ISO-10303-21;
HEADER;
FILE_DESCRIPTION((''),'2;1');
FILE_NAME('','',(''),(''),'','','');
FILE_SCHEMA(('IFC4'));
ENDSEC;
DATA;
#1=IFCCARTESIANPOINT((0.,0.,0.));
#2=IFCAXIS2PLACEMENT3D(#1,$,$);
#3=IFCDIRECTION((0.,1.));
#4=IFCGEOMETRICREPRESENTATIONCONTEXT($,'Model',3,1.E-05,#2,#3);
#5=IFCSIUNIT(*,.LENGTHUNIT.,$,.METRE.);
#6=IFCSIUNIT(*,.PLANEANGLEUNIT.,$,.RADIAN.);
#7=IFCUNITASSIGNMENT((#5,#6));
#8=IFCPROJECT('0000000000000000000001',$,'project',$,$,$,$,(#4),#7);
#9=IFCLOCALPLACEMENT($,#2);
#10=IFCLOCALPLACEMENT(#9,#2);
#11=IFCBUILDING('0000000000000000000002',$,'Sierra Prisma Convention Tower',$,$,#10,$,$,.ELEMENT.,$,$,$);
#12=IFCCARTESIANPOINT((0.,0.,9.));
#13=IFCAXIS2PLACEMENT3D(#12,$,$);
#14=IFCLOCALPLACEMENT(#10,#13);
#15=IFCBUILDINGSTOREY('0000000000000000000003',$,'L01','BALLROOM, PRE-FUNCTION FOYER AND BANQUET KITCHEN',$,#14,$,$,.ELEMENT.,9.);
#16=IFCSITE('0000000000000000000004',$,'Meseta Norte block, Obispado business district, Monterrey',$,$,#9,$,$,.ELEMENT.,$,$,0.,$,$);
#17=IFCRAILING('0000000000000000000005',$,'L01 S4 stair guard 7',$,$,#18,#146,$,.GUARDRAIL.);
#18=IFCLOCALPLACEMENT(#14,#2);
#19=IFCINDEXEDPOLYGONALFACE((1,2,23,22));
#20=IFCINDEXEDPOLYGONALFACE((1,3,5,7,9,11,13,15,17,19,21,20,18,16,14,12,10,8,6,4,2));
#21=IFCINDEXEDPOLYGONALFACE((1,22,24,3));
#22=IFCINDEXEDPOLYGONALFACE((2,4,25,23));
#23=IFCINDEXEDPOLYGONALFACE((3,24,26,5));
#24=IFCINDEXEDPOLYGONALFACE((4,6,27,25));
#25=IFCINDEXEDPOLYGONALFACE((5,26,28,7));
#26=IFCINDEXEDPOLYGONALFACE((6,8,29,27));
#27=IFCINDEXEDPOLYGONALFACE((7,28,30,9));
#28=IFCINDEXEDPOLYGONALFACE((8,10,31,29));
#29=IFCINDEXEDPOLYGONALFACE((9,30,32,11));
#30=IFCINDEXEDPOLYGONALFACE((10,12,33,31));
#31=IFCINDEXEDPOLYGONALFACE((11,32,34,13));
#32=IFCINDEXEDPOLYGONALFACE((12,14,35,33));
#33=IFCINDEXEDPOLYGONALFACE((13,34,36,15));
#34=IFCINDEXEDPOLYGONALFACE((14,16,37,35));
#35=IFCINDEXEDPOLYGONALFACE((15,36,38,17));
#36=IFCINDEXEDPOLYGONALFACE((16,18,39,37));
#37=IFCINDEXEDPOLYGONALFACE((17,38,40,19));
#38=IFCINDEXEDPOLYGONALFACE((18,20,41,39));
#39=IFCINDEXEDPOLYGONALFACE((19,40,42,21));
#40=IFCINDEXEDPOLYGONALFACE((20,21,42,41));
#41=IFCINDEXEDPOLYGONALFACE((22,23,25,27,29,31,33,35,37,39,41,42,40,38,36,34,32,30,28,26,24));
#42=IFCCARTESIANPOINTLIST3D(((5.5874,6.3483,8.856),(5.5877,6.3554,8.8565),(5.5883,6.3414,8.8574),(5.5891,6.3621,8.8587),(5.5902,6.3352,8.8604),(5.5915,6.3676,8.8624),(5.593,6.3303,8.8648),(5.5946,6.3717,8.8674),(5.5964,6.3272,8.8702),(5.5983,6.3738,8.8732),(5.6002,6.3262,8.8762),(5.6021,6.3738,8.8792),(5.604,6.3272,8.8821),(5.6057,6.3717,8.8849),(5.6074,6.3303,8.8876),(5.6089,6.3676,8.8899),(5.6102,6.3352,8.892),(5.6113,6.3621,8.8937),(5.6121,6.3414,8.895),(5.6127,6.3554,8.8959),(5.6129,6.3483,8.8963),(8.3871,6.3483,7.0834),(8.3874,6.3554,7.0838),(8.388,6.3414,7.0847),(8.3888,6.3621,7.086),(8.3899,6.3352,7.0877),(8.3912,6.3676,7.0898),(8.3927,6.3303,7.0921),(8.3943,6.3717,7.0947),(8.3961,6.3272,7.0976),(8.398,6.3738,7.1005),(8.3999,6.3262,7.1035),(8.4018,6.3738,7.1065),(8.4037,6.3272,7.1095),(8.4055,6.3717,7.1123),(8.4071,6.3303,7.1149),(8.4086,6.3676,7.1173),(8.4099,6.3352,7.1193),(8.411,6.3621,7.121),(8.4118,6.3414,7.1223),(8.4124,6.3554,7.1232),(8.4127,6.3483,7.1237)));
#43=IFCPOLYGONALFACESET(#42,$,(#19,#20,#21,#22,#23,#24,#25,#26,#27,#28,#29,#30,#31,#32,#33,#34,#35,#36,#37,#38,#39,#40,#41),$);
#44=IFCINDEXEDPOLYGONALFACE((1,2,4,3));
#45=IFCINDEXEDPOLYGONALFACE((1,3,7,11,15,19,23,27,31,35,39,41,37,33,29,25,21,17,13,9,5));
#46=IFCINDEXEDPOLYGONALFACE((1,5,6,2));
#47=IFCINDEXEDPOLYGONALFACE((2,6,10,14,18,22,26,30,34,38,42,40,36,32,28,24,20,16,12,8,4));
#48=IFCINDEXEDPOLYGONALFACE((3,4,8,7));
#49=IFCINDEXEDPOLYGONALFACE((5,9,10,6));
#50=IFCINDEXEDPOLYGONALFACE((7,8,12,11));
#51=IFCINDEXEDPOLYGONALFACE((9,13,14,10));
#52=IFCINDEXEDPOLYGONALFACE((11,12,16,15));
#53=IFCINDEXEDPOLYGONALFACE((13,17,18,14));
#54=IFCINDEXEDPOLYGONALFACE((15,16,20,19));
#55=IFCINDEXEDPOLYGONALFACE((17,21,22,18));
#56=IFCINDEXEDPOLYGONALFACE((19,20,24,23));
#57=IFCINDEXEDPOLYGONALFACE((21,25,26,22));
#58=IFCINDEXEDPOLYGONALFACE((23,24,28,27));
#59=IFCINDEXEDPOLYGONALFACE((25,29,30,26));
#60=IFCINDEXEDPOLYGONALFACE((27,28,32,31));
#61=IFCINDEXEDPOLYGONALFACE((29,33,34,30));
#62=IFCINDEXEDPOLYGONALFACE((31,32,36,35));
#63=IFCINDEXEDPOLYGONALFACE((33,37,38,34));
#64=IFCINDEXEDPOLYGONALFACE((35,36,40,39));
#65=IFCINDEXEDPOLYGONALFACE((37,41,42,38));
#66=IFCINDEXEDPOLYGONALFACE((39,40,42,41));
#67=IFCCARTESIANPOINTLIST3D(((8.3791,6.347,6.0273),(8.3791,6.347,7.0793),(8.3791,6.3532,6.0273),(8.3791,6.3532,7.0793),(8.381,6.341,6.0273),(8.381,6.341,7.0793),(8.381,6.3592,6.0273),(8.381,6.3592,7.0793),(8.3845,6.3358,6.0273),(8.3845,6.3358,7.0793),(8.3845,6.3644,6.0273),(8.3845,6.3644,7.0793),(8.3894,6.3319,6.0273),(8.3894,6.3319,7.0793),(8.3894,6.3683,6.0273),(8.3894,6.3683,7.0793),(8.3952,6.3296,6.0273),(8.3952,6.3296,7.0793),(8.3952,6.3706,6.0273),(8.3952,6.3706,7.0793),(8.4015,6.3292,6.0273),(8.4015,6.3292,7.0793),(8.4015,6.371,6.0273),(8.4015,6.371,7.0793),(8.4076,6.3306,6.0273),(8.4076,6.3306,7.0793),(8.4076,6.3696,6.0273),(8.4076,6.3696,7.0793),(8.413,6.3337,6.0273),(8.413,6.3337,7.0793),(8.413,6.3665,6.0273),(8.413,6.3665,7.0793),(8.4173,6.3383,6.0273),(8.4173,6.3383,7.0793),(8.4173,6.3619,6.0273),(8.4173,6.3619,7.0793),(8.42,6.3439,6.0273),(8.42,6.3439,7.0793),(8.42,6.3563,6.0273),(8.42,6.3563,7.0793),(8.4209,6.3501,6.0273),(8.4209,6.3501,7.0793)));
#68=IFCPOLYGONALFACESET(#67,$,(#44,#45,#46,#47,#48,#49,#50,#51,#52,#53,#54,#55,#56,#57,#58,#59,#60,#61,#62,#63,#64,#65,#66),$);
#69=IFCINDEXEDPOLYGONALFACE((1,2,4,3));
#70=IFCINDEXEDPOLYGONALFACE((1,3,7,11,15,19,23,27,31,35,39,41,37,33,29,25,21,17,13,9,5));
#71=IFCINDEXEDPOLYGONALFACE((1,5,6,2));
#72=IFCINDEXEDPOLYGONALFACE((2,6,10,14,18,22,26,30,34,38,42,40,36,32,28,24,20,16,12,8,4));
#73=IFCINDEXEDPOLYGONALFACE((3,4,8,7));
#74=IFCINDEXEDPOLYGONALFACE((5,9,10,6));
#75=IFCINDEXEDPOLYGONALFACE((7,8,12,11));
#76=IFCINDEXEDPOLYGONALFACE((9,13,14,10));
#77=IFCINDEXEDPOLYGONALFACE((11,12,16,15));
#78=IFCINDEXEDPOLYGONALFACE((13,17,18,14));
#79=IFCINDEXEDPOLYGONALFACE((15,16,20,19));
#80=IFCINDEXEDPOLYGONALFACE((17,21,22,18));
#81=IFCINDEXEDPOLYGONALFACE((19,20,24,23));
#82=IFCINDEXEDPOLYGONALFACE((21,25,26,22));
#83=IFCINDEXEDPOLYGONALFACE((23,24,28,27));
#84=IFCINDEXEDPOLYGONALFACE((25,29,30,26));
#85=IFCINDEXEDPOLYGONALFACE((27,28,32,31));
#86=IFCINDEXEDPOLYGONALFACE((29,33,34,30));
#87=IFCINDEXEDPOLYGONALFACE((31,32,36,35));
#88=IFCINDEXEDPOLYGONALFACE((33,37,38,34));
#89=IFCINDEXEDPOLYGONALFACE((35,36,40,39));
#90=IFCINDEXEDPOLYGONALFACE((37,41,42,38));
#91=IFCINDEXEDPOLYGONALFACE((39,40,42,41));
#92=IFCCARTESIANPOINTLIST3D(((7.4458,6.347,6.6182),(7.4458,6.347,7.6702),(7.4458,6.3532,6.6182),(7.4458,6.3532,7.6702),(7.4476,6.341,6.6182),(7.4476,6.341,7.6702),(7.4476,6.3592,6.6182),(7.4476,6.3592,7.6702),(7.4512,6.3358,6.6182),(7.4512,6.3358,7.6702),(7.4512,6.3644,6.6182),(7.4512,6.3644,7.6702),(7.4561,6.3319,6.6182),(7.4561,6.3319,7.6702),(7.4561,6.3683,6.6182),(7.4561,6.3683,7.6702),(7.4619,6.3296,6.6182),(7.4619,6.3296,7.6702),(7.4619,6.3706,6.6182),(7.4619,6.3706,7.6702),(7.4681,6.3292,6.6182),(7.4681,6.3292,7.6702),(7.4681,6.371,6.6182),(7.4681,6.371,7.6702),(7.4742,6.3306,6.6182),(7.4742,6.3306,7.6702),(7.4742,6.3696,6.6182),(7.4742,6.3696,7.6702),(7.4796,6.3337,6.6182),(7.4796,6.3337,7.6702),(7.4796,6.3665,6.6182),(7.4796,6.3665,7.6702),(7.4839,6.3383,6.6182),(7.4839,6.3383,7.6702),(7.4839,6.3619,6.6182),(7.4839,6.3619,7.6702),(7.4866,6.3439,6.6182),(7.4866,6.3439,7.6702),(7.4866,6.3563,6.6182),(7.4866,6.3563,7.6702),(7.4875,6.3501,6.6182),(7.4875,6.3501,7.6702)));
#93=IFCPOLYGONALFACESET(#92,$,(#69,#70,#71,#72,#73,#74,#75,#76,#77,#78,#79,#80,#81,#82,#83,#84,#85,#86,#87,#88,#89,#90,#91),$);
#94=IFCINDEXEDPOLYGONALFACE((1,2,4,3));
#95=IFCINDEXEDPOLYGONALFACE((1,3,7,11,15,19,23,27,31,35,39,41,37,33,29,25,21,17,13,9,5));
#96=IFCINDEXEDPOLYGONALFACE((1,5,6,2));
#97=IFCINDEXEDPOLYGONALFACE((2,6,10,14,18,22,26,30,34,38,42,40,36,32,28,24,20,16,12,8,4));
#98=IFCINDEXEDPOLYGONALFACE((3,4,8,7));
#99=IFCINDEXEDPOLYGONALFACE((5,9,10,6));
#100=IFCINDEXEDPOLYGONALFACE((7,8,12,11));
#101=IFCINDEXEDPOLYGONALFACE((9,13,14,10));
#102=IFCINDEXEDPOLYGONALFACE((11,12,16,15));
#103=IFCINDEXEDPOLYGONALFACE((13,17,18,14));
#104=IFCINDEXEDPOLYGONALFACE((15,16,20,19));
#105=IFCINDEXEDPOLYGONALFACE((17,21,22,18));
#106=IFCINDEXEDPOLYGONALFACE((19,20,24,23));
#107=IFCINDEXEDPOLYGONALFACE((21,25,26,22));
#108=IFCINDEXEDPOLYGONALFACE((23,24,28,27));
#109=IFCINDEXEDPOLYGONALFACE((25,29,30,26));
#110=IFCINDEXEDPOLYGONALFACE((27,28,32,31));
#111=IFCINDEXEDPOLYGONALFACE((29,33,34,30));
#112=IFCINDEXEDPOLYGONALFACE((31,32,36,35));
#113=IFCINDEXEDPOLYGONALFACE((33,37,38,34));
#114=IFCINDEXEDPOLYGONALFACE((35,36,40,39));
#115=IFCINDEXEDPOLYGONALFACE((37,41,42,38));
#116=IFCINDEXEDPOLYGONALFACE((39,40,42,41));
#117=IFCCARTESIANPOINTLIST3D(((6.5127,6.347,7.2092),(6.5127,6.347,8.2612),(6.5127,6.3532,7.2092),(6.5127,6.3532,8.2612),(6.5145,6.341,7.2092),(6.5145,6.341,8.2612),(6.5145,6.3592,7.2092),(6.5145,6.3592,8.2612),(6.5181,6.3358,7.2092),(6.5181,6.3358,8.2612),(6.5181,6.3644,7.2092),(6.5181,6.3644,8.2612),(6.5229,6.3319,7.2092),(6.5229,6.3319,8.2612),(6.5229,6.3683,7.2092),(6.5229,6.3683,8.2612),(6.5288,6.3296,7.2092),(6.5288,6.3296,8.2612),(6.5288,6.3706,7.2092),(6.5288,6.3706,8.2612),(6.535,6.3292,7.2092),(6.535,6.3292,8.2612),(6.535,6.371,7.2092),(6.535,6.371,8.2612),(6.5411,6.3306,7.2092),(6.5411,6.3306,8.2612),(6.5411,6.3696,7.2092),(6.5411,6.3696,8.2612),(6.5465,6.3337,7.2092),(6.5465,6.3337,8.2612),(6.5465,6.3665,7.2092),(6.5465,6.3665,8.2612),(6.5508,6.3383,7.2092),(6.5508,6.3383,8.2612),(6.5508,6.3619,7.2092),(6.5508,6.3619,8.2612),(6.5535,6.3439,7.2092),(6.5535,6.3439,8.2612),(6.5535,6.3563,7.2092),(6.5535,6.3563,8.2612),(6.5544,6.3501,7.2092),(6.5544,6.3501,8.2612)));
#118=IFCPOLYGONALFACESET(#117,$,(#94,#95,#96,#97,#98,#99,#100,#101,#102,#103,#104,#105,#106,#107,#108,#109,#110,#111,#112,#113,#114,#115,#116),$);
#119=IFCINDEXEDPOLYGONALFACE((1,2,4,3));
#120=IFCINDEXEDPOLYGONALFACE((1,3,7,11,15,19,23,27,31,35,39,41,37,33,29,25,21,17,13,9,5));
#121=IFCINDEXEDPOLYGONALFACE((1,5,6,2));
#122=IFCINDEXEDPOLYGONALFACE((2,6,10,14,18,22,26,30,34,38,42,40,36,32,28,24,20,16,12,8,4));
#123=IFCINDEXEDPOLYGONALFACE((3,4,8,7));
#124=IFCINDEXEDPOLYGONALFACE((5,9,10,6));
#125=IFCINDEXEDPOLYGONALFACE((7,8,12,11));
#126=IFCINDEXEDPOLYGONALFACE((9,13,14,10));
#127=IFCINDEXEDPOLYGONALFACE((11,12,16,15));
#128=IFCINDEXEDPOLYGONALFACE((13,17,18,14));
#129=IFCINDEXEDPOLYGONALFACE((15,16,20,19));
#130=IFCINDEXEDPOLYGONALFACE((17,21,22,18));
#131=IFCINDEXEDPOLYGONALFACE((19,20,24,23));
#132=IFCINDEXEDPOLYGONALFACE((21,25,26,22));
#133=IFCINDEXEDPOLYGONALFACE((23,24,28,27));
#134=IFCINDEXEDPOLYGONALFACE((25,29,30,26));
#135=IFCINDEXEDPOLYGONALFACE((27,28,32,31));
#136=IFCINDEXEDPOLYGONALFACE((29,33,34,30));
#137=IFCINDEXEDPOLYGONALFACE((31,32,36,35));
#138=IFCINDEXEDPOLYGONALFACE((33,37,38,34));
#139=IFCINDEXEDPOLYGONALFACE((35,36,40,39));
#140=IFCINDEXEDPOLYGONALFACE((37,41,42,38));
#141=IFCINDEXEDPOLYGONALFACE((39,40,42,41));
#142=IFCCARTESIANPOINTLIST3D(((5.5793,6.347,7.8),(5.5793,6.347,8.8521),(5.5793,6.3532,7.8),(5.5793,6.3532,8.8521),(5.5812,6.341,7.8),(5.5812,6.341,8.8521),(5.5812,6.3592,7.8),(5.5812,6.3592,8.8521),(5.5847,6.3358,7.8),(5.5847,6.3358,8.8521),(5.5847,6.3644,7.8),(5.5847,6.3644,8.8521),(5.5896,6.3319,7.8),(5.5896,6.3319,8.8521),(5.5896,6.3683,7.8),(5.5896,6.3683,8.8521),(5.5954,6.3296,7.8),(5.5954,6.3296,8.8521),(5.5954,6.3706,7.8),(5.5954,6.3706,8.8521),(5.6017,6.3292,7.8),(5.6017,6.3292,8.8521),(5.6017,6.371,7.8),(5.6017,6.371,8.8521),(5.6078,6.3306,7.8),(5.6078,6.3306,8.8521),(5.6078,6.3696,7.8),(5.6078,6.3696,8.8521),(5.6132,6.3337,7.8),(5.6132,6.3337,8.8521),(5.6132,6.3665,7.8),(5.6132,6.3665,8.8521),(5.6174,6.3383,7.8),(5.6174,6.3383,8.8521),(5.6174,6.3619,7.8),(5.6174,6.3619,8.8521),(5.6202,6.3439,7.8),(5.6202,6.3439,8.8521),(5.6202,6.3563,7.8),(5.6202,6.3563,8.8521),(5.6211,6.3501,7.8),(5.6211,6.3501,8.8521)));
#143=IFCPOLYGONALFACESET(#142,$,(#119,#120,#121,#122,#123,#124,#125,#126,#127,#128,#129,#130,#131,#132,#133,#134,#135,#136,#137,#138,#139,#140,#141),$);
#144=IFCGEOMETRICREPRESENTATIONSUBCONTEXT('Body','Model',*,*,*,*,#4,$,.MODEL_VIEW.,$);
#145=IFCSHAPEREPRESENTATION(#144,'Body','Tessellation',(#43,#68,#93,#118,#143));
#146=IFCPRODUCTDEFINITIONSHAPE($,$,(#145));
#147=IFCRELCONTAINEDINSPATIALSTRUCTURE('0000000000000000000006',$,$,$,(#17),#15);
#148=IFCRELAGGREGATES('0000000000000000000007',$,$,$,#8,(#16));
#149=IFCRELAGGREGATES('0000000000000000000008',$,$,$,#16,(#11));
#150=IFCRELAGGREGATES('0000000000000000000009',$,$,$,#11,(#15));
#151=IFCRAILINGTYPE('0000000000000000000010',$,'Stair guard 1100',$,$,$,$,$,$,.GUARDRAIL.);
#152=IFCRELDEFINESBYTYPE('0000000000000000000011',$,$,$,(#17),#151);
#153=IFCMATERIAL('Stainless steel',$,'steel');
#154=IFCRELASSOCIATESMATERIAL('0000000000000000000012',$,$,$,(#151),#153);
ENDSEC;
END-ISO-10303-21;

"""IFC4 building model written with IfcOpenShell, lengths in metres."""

from ifc_helpers import new_model, si_unit, direction, frame, origin, origin_2d, place, context, subcontext, project, spatial, circle, extrude, material, type_object, element, save


model = new_model("IFC4")

# Units and contexts
model_context = context("Model", 3, precision=1e-05, world=origin(), true_north=direction((0.0, 1.0)))
body_context = subcontext(model_context, "Body", "Model", "MODEL_VIEW")
ifc_project = project(units=[si_unit("LENGTHUNIT", "METRE"), si_unit("PLANEANGLEUNIT", "RADIAN")], contexts=[model_context])

# Site, building, storey
site_placement = place(None, origin())
site = spatial("IfcSite", under=ifc_project, at=site_placement, Name="Meseta Norte block, Obispado business district, Monterrey", CompositionType="ELEMENT", RefElevation=0.0)
building_placement = place(site_placement, origin())
building = spatial("IfcBuilding", under=site, at=building_placement, Name="Sierra Prisma Convention Tower", CompositionType="ELEMENT")
storey_placement = place(building_placement, frame((0.0, 0.0, 9.0)))
storey = spatial("IfcBuildingStorey", under=building, at=storey_placement, Name="L01", Description="BALLROOM, PRE-FUNCTION FOYER AND BANQUET KITCHEN", CompositionType="ELEMENT", Elevation=9.0)

# Railing
ifc_material_1 = material(Name="Stainless steel", Category="steel")
railing_type_1 = type_object("IfcRailingType", Name="Stair guard 1100", PredefinedType="GUARDRAIL", material=ifc_material_1)
railing_1_placement = place(storey_placement, frame((8.3999, 6.3501, 6.0273)))
element("IfcRailing", 1, at=railing_1_placement, inside=storey, type_object=railing_type_1, Name="L01 S4 stair guard 7", PredefinedType="GUARDRAIL", context=body_context, shape_type="SweptSolid", body=[
    extrude(circle(Radius=0.0239, at=origin_2d()), frame((0.0, 0.0, 1.0762), z_axis=(-0.844888, 0.0, 0.534943), x_axis=(0.0, -1.0, 0.0)), (0.0, 0.0, 1.0), 3.3137),
    extrude(circle(Radius=0.021, at=origin_2d()), origin(), (0.0, 0.0, 1.0), 1.052),
    extrude(circle(Radius=0.021, at=origin_2d()), frame((-0.9333, 0.0, 0.5908)), (0.0, 0.0, 1.0), 1.052),
    extrude(circle(Radius=0.021, at=origin_2d()), frame((-1.8665, 0.0, 1.1819)), (0.0, 0.0, 1.0), 1.052),
    extrude(circle(Radius=0.021, at=origin_2d()), frame((-2.7998, 0.0, 1.7727)), (0.0, 0.0, 1.0), 1.052),
])

save(model, "model.ifc")
